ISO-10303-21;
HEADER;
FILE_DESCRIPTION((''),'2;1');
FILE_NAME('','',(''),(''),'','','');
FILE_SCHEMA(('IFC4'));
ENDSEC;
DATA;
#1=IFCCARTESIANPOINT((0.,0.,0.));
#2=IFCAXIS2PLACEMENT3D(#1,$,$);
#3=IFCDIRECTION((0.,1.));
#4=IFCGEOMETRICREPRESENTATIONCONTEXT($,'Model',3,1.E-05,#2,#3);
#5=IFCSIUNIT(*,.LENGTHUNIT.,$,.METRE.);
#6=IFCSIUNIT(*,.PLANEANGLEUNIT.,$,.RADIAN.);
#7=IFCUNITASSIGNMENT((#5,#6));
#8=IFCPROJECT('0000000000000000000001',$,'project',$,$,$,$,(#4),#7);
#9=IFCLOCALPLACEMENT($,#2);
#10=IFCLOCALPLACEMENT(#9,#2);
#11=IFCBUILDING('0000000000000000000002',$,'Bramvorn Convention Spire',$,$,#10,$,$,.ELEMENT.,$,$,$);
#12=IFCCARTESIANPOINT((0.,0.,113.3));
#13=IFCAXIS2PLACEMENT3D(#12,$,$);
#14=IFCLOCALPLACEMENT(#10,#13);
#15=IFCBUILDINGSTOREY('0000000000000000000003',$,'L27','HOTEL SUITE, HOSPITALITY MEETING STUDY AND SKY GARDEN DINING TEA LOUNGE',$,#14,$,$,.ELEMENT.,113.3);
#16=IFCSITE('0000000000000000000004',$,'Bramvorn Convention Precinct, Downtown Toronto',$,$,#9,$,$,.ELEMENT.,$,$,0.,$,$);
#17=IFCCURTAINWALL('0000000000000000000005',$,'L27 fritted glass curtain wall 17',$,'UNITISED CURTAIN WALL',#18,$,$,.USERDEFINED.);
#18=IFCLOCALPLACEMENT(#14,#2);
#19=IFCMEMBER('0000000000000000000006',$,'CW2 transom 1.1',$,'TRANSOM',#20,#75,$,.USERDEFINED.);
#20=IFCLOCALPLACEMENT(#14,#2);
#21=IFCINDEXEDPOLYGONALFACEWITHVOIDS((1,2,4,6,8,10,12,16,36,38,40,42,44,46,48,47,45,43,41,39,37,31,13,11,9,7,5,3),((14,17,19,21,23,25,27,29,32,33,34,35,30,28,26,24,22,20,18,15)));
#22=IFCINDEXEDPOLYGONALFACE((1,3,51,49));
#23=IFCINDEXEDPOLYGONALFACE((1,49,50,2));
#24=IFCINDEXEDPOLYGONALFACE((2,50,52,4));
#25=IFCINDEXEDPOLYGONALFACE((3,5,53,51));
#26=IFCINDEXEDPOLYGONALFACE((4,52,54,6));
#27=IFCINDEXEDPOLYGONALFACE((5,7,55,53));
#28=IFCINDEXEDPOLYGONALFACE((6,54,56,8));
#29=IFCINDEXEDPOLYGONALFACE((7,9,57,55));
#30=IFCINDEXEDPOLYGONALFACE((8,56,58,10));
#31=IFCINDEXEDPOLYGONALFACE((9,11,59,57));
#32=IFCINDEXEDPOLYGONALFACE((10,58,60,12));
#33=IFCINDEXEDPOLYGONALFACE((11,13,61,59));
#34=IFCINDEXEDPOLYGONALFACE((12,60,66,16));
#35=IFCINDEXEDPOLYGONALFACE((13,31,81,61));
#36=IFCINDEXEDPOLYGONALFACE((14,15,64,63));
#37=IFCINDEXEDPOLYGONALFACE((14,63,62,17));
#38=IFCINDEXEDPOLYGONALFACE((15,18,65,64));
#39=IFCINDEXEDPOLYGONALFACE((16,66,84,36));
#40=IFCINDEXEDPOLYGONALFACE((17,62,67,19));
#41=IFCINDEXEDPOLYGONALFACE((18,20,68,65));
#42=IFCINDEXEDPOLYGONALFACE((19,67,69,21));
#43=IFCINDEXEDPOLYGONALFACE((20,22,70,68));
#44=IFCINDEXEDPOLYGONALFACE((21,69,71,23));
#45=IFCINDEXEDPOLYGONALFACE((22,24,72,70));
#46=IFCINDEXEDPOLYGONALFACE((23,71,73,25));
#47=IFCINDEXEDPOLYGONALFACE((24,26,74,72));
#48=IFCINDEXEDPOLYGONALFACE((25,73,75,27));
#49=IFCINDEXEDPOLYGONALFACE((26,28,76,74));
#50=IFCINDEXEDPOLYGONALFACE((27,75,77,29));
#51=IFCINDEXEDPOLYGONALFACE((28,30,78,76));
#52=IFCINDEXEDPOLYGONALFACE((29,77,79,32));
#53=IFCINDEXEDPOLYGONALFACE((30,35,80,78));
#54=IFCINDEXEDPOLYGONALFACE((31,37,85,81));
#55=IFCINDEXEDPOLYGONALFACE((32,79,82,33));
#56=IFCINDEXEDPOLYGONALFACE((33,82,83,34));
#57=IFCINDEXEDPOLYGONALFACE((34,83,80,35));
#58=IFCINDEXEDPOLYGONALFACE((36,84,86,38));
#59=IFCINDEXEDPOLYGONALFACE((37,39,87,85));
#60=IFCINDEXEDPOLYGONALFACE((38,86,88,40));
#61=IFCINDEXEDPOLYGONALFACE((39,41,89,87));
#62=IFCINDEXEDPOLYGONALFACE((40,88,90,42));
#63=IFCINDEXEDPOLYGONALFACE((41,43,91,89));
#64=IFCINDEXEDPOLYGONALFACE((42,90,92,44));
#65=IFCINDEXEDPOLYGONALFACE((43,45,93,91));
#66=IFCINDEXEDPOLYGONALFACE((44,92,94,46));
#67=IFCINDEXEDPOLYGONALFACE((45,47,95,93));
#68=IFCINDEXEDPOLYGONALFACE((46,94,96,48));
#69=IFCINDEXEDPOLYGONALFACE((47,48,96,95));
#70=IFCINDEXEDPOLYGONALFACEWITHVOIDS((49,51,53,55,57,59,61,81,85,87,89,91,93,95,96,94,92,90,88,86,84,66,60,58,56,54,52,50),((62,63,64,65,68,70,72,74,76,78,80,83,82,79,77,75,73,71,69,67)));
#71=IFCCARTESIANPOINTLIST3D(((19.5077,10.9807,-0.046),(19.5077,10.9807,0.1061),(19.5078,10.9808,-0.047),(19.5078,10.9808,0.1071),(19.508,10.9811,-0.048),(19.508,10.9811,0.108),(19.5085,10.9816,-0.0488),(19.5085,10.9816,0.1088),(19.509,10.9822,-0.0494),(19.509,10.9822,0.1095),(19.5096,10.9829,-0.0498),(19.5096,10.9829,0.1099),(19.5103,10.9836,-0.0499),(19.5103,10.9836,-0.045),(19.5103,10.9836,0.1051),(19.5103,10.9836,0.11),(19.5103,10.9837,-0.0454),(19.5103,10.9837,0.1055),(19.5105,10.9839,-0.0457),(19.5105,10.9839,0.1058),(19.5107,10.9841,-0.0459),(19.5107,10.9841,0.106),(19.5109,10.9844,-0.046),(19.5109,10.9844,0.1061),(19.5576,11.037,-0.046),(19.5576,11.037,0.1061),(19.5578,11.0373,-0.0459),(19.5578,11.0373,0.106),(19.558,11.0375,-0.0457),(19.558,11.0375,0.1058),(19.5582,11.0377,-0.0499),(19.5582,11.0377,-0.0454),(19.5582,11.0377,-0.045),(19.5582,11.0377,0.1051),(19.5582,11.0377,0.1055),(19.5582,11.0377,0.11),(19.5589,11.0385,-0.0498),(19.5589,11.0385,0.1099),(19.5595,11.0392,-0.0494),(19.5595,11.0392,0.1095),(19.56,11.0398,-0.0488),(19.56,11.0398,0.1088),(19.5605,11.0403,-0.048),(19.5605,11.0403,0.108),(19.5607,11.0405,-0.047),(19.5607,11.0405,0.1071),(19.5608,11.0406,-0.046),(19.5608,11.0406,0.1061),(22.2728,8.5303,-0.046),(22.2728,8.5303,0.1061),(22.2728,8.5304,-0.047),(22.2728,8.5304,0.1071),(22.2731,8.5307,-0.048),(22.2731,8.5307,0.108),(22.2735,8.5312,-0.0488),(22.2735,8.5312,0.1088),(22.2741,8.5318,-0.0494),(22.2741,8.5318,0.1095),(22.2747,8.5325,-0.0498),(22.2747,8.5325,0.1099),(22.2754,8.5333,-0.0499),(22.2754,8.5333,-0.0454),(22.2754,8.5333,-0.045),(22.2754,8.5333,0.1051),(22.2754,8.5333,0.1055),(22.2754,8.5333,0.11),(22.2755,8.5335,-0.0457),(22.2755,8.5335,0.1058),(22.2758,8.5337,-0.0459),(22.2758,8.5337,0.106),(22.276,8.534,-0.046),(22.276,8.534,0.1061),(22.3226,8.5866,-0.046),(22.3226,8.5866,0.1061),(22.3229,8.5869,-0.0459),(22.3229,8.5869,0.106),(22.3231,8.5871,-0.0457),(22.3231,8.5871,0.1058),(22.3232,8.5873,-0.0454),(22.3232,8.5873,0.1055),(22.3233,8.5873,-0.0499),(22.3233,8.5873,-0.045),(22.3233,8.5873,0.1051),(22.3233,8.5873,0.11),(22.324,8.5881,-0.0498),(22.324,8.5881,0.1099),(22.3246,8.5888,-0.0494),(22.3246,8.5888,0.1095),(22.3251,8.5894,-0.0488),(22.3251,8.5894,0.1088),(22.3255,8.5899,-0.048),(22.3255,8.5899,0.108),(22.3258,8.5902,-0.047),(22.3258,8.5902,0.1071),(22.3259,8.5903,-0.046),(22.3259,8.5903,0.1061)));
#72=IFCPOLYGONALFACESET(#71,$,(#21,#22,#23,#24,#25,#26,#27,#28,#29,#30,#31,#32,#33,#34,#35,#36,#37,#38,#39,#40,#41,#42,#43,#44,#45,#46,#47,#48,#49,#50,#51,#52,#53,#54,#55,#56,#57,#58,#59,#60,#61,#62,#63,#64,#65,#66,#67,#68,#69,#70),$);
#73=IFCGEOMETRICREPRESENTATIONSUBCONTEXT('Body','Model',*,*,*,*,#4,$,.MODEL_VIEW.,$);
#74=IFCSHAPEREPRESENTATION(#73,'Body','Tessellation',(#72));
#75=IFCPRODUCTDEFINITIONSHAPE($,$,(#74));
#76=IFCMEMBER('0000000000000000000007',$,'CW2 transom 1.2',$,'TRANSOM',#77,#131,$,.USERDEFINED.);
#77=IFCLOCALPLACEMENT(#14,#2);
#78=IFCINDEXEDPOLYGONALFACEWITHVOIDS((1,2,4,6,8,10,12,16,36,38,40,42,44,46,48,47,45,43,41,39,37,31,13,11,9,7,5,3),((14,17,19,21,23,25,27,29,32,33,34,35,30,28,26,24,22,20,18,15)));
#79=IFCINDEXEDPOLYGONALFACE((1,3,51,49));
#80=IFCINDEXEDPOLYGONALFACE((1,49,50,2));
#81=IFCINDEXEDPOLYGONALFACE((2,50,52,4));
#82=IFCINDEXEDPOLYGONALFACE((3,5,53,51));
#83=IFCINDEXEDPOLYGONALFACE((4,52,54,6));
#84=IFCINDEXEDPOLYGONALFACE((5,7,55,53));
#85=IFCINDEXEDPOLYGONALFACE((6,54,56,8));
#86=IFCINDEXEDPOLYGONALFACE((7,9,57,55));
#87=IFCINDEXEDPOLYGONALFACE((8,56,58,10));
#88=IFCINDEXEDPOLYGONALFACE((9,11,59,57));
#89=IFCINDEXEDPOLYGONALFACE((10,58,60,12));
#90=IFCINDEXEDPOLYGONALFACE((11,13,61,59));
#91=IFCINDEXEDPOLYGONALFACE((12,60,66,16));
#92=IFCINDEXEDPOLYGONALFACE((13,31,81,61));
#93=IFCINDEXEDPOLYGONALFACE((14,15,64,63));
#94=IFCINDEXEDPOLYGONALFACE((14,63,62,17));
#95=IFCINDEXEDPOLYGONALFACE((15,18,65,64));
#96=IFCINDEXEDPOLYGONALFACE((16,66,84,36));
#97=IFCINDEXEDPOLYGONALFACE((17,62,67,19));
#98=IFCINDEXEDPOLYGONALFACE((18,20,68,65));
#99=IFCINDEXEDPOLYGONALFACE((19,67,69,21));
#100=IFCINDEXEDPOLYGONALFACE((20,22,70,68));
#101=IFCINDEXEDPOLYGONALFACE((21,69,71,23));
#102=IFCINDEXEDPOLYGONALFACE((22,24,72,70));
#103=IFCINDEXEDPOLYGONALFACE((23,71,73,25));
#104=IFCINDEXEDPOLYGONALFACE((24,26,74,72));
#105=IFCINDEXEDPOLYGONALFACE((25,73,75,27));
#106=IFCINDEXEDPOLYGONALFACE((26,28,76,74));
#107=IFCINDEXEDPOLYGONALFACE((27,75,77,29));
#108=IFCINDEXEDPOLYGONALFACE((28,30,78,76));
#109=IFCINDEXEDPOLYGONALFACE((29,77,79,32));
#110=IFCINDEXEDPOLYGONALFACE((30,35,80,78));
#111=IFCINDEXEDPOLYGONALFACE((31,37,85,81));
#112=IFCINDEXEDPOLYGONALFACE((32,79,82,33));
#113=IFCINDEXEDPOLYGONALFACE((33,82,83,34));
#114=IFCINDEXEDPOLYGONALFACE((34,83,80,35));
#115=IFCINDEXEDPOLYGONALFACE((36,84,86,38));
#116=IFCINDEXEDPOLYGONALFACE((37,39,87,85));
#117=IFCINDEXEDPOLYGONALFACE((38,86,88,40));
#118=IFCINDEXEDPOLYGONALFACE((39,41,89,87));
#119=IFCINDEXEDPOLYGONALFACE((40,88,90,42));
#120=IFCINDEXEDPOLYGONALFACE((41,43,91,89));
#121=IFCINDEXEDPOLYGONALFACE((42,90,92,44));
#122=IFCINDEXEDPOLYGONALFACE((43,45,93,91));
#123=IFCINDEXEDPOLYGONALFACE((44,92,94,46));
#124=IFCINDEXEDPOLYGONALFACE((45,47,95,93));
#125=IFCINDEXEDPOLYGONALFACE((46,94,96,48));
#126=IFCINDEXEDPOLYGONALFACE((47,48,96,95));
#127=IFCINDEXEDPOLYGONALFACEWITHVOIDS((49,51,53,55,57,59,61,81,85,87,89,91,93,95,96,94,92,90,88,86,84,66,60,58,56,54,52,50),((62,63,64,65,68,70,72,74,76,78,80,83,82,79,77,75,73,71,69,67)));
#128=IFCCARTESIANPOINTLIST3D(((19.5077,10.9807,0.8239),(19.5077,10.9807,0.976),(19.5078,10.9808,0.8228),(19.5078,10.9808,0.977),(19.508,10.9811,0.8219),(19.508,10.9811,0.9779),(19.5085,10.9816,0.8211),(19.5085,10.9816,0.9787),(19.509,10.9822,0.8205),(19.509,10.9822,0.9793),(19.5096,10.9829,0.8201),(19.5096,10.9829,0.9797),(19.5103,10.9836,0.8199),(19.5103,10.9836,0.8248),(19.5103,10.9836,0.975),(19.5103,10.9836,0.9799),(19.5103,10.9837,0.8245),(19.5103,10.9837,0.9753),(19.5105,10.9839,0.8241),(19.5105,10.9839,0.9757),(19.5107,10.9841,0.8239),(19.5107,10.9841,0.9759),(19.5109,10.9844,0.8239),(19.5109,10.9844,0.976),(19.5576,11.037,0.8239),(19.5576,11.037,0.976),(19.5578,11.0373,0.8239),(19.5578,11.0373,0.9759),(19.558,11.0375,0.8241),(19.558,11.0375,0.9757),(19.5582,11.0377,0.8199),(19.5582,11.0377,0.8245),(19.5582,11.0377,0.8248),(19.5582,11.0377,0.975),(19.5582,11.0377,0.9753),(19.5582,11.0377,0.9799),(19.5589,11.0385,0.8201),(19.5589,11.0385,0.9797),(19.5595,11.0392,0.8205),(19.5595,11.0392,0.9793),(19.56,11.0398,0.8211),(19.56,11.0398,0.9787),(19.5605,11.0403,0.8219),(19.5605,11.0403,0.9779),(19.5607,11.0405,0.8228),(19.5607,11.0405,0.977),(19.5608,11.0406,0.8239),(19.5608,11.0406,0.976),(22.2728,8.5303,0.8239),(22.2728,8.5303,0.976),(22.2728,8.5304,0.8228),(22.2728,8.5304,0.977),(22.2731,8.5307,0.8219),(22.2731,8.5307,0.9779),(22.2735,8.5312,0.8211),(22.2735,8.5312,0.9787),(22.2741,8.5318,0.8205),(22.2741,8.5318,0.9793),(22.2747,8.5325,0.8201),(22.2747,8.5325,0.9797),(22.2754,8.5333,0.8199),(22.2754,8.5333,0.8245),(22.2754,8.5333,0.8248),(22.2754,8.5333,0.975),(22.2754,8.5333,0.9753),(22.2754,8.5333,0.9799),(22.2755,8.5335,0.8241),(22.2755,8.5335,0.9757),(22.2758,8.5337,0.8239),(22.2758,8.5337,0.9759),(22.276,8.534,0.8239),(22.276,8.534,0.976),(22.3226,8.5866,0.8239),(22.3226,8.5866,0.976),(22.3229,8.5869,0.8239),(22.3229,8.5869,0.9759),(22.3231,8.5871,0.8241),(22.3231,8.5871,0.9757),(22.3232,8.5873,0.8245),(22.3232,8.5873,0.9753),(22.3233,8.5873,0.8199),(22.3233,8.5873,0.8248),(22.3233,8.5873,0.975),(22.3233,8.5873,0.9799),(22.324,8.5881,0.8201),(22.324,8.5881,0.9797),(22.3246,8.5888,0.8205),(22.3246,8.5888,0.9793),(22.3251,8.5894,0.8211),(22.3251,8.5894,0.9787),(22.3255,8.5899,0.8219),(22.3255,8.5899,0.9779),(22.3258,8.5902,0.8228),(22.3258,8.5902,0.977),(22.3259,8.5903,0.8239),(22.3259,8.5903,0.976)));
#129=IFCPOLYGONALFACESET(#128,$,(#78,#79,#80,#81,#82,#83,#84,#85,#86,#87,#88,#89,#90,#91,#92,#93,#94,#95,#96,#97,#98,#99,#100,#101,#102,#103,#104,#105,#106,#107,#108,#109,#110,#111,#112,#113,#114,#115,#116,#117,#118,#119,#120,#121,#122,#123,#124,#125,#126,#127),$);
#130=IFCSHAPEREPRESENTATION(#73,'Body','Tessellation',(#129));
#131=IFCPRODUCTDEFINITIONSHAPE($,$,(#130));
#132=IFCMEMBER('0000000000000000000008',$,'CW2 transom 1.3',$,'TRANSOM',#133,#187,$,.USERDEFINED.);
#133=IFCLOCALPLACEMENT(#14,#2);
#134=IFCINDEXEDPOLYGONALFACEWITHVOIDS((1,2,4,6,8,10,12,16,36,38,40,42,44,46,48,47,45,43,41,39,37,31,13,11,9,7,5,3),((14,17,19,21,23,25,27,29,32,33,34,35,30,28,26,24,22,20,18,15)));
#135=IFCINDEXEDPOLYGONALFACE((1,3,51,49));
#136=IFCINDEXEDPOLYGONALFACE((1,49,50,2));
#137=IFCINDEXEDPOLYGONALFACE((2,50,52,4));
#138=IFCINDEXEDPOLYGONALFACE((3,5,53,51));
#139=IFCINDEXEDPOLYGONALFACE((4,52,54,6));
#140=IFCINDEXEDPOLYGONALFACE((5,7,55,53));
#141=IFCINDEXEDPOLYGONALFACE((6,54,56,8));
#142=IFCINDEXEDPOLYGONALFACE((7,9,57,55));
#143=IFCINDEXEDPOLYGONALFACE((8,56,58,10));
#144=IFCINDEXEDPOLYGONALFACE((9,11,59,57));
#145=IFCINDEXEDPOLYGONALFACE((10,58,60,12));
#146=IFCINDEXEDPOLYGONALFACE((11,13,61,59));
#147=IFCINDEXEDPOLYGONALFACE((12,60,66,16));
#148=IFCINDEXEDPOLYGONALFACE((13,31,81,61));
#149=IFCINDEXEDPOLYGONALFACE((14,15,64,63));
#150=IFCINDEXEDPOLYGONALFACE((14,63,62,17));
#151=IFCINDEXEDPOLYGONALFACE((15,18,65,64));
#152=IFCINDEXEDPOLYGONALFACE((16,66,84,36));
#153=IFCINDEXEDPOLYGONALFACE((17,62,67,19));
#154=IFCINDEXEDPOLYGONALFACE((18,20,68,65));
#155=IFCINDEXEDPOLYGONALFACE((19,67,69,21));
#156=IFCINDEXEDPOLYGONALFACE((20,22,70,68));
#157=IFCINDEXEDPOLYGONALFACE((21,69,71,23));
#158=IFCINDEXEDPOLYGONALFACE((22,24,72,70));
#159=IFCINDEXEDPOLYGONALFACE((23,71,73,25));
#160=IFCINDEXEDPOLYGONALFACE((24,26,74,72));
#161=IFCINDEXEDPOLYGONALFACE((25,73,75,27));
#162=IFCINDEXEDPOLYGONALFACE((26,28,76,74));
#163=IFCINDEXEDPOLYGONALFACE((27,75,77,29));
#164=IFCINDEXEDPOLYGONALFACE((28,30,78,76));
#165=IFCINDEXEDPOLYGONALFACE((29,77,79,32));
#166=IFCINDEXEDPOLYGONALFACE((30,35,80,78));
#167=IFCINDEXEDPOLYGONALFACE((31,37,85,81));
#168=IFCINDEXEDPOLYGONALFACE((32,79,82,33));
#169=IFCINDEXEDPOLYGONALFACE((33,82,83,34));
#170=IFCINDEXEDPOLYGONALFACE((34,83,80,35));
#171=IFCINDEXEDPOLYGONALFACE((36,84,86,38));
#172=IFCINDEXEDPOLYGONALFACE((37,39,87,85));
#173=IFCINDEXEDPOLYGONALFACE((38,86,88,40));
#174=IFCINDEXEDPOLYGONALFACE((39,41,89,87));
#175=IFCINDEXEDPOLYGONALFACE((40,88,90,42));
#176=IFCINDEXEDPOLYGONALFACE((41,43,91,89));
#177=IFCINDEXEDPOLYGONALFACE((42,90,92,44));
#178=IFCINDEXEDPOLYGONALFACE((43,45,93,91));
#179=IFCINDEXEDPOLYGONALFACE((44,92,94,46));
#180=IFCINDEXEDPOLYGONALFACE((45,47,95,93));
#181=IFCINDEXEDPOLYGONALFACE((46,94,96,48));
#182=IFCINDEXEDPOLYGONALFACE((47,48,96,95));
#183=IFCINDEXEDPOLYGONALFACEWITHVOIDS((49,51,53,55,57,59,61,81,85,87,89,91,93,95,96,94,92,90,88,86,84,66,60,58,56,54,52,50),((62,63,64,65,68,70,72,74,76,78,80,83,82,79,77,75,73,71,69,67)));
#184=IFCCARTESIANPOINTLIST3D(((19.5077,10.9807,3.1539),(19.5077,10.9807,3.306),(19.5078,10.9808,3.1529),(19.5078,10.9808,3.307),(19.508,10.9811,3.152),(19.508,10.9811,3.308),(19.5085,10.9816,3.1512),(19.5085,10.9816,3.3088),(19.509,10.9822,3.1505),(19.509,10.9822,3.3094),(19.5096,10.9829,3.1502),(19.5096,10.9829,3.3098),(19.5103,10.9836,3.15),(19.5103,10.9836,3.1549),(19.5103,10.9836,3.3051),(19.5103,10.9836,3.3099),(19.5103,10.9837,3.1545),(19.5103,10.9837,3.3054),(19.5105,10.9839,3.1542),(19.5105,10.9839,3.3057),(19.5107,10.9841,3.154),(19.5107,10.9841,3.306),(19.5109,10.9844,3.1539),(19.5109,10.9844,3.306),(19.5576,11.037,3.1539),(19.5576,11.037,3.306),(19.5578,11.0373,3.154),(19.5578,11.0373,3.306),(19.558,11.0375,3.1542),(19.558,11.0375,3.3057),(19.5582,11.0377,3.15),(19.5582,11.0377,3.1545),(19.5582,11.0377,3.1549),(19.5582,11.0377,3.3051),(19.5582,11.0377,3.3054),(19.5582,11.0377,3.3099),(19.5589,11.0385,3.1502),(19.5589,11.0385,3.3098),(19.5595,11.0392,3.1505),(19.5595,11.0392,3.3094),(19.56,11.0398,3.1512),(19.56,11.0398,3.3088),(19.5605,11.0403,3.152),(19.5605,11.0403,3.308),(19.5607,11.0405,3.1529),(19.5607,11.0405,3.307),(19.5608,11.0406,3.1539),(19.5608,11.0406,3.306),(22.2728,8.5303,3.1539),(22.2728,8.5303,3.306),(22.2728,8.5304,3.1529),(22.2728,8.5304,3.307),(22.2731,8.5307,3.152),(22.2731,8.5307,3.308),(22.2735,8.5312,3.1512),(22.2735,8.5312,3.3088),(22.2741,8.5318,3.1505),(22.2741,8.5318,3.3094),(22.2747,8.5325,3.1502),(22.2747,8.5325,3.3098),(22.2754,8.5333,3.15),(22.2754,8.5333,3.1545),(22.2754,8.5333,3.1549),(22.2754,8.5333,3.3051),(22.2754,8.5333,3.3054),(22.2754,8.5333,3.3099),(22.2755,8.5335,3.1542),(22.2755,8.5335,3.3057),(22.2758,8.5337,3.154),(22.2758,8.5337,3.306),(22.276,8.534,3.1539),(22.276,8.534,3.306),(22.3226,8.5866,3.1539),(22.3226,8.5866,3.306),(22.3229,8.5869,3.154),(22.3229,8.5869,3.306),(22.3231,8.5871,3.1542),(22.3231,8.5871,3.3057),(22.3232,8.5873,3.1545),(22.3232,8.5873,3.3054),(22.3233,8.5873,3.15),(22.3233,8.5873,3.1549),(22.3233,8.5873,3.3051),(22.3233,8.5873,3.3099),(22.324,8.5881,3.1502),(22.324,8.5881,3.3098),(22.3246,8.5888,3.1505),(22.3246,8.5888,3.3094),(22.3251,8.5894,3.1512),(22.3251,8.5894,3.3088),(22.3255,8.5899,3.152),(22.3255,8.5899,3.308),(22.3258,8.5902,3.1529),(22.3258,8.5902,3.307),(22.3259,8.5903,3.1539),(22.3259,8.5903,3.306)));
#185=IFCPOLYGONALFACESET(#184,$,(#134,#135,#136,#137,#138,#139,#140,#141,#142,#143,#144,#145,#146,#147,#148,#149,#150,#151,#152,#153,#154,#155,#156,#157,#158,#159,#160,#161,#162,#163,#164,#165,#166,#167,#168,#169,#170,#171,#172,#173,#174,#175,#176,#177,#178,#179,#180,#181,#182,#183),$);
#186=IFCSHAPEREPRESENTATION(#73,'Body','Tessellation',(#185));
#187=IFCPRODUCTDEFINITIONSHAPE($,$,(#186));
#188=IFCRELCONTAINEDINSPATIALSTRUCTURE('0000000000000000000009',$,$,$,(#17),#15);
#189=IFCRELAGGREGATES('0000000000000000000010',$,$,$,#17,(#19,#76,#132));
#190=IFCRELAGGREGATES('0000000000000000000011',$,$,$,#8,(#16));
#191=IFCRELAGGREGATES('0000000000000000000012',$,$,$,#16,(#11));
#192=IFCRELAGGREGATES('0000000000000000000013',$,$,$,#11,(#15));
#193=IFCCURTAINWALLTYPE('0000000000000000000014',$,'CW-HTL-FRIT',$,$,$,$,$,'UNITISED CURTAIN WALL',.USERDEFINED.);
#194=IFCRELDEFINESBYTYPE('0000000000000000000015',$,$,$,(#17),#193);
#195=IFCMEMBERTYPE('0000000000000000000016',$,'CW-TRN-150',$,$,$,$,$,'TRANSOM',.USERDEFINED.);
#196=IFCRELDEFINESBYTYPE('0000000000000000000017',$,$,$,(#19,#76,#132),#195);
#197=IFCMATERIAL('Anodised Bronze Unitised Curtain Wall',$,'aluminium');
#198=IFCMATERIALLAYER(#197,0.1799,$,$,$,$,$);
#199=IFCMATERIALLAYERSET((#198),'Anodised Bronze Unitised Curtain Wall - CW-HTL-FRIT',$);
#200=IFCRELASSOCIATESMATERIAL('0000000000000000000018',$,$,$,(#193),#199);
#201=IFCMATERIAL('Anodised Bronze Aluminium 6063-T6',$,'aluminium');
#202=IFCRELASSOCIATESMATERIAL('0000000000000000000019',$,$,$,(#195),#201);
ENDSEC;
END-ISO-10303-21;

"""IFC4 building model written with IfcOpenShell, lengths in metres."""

from ifc_helpers import new_model, si_unit, direction, frame, origin, origin_2d, place, context, subcontext, project, spatial, hollow_rectangle, extrude, material, layer, layer_set, material_profile, profile_set, type_object, element, aggregate, save


model = new_model("IFC4")

# Units and contexts
model_context = context("Model", 3, precision=1e-05, world=origin(), true_north=direction((0.0, 1.0)))
body_context = subcontext(model_context, "Body", "Model", "MODEL_VIEW")
ifc_project = project(units=[si_unit("LENGTHUNIT", "METRE"), si_unit("PLANEANGLEUNIT", "RADIAN")], contexts=[model_context])

# Site, building, storey
site_placement = place(None, origin())
site = spatial("IfcSite", under=ifc_project, at=site_placement, Name="Bramvorn Convention Precinct, Downtown Toronto", CompositionType="ELEMENT", RefElevation=0.0)
building_placement = place(site_placement, origin())
building = spatial("IfcBuilding", under=site, at=building_placement, Name="Bramvorn Convention Spire", CompositionType="ELEMENT")
storey_placement = place(building_placement, frame((0.0, 0.0, 113.3)))
storey = spatial("IfcBuildingStorey", under=building, at=storey_placement, Name="L27", Description="HOTEL SUITE, HOSPITALITY MEETING STUDY AND SKY GARDEN DINING TEA LOUNGE", CompositionType="ELEMENT", Elevation=113.3)

# Curtain wall
ifc_material_1 = material(Name="Anodised Bronze Unitised Curtain Wall", Category="aluminium")
ifc_layer_1 = layer(ifc_material_1, 0.1799)
ifc_layer_set_1 = layer_set([ifc_layer_1], Name="Anodised Bronze Unitised Curtain Wall - CW-HTL-FRIT")
curtain_wall_type = type_object("IfcCurtainWallType", Name="CW-HTL-FRIT", ElementType="UNITISED CURTAIN WALL", PredefinedType="USERDEFINED", material=ifc_layer_set_1)
curtain_wall_1_placement = place(storey_placement, origin())
curtain_wall_1 = element("IfcCurtainWall", 1, at=curtain_wall_1_placement, inside=storey, type_object=curtain_wall_type, Name="L27 fritted glass curtain wall 17", ObjectType="UNITISED CURTAIN WALL", PredefinedType="USERDEFINED")
ifc_material_2 = material(Name="Anodised Bronze Aluminium 6063-T6", Category="aluminium")

# Members
ifc_material_profile_1 = material_profile(ifc_material_2, hollow_rectangle(XDim=0.0801, YDim=0.1599, WallThickness=0.0039, InnerFilletRadius=0.001, OuterFilletRadius=0.0039, at=origin_2d()))
ifc_profile_set_1 = profile_set([ifc_material_profile_1], Name="Anodised Bronze Aluminium 6063-T6 - CWT80X160")
member_type_1 = type_object("IfcMemberType", Name="CW-TRN-150", ElementType="TRANSOM", PredefinedType="USERDEFINED", material=ifc_profile_set_1)
member_1_placement = place(storey_placement, frame((22.2993, 8.5603, 0.03), z_axis=(-0.748411, 0.663235, 0.0), x_axis=(-0.663235, -0.748411, 0.0)))
member_1 = element("IfcMember", 2, at=member_1_placement, type_object=member_type_1, Name="CW2 transom 1.1", ObjectType="TRANSOM", PredefinedType="USERDEFINED", context=body_context, shape_type="SweptSolid", body=[
    extrude(hollow_rectangle(XDim=0.0801, YDim=0.1599, WallThickness=0.0039, InnerFilletRadius=0.001, OuterFilletRadius=0.0039, at=origin_2d()), origin(), (0.0, 0.0, 1.0), 3.6946),
])
member_2_placement = place(storey_placement, frame((22.2993, 8.5603, 0.8999), z_axis=(-0.748411, 0.663235, 0.0), x_axis=(-0.663235, -0.748411, 0.0)))
member_2 = element("IfcMember", 3, at=member_2_placement, type_object=member_type_1, Name="CW2 transom 1.2", ObjectType="TRANSOM", PredefinedType="USERDEFINED", context=body_context, shape_type="SweptSolid", body=[
    extrude(hollow_rectangle(XDim=0.0801, YDim=0.1599, WallThickness=0.0039, InnerFilletRadius=0.001, OuterFilletRadius=0.0039, at=origin_2d()), origin(), (0.0, 0.0, 1.0), 3.6946),
])
member_3_placement = place(storey_placement, frame((22.2993, 8.5603, 3.23), z_axis=(-0.748411, 0.663235, 0.0), x_axis=(-0.663235, -0.748411, 0.0)))
member_3 = element("IfcMember", 4, at=member_3_placement, type_object=member_type_1, Name="CW2 transom 1.3", ObjectType="TRANSOM", PredefinedType="USERDEFINED", context=body_context, shape_type="SweptSolid", body=[
    extrude(hollow_rectangle(XDim=0.0801, YDim=0.1599, WallThickness=0.0039, InnerFilletRadius=0.001, OuterFilletRadius=0.0039, at=origin_2d()), origin(), (0.0, 0.0, 1.0), 3.6946),
])

aggregate(curtain_wall_1, [member_1, member_2, member_3])

save(model, "model.ifc")
